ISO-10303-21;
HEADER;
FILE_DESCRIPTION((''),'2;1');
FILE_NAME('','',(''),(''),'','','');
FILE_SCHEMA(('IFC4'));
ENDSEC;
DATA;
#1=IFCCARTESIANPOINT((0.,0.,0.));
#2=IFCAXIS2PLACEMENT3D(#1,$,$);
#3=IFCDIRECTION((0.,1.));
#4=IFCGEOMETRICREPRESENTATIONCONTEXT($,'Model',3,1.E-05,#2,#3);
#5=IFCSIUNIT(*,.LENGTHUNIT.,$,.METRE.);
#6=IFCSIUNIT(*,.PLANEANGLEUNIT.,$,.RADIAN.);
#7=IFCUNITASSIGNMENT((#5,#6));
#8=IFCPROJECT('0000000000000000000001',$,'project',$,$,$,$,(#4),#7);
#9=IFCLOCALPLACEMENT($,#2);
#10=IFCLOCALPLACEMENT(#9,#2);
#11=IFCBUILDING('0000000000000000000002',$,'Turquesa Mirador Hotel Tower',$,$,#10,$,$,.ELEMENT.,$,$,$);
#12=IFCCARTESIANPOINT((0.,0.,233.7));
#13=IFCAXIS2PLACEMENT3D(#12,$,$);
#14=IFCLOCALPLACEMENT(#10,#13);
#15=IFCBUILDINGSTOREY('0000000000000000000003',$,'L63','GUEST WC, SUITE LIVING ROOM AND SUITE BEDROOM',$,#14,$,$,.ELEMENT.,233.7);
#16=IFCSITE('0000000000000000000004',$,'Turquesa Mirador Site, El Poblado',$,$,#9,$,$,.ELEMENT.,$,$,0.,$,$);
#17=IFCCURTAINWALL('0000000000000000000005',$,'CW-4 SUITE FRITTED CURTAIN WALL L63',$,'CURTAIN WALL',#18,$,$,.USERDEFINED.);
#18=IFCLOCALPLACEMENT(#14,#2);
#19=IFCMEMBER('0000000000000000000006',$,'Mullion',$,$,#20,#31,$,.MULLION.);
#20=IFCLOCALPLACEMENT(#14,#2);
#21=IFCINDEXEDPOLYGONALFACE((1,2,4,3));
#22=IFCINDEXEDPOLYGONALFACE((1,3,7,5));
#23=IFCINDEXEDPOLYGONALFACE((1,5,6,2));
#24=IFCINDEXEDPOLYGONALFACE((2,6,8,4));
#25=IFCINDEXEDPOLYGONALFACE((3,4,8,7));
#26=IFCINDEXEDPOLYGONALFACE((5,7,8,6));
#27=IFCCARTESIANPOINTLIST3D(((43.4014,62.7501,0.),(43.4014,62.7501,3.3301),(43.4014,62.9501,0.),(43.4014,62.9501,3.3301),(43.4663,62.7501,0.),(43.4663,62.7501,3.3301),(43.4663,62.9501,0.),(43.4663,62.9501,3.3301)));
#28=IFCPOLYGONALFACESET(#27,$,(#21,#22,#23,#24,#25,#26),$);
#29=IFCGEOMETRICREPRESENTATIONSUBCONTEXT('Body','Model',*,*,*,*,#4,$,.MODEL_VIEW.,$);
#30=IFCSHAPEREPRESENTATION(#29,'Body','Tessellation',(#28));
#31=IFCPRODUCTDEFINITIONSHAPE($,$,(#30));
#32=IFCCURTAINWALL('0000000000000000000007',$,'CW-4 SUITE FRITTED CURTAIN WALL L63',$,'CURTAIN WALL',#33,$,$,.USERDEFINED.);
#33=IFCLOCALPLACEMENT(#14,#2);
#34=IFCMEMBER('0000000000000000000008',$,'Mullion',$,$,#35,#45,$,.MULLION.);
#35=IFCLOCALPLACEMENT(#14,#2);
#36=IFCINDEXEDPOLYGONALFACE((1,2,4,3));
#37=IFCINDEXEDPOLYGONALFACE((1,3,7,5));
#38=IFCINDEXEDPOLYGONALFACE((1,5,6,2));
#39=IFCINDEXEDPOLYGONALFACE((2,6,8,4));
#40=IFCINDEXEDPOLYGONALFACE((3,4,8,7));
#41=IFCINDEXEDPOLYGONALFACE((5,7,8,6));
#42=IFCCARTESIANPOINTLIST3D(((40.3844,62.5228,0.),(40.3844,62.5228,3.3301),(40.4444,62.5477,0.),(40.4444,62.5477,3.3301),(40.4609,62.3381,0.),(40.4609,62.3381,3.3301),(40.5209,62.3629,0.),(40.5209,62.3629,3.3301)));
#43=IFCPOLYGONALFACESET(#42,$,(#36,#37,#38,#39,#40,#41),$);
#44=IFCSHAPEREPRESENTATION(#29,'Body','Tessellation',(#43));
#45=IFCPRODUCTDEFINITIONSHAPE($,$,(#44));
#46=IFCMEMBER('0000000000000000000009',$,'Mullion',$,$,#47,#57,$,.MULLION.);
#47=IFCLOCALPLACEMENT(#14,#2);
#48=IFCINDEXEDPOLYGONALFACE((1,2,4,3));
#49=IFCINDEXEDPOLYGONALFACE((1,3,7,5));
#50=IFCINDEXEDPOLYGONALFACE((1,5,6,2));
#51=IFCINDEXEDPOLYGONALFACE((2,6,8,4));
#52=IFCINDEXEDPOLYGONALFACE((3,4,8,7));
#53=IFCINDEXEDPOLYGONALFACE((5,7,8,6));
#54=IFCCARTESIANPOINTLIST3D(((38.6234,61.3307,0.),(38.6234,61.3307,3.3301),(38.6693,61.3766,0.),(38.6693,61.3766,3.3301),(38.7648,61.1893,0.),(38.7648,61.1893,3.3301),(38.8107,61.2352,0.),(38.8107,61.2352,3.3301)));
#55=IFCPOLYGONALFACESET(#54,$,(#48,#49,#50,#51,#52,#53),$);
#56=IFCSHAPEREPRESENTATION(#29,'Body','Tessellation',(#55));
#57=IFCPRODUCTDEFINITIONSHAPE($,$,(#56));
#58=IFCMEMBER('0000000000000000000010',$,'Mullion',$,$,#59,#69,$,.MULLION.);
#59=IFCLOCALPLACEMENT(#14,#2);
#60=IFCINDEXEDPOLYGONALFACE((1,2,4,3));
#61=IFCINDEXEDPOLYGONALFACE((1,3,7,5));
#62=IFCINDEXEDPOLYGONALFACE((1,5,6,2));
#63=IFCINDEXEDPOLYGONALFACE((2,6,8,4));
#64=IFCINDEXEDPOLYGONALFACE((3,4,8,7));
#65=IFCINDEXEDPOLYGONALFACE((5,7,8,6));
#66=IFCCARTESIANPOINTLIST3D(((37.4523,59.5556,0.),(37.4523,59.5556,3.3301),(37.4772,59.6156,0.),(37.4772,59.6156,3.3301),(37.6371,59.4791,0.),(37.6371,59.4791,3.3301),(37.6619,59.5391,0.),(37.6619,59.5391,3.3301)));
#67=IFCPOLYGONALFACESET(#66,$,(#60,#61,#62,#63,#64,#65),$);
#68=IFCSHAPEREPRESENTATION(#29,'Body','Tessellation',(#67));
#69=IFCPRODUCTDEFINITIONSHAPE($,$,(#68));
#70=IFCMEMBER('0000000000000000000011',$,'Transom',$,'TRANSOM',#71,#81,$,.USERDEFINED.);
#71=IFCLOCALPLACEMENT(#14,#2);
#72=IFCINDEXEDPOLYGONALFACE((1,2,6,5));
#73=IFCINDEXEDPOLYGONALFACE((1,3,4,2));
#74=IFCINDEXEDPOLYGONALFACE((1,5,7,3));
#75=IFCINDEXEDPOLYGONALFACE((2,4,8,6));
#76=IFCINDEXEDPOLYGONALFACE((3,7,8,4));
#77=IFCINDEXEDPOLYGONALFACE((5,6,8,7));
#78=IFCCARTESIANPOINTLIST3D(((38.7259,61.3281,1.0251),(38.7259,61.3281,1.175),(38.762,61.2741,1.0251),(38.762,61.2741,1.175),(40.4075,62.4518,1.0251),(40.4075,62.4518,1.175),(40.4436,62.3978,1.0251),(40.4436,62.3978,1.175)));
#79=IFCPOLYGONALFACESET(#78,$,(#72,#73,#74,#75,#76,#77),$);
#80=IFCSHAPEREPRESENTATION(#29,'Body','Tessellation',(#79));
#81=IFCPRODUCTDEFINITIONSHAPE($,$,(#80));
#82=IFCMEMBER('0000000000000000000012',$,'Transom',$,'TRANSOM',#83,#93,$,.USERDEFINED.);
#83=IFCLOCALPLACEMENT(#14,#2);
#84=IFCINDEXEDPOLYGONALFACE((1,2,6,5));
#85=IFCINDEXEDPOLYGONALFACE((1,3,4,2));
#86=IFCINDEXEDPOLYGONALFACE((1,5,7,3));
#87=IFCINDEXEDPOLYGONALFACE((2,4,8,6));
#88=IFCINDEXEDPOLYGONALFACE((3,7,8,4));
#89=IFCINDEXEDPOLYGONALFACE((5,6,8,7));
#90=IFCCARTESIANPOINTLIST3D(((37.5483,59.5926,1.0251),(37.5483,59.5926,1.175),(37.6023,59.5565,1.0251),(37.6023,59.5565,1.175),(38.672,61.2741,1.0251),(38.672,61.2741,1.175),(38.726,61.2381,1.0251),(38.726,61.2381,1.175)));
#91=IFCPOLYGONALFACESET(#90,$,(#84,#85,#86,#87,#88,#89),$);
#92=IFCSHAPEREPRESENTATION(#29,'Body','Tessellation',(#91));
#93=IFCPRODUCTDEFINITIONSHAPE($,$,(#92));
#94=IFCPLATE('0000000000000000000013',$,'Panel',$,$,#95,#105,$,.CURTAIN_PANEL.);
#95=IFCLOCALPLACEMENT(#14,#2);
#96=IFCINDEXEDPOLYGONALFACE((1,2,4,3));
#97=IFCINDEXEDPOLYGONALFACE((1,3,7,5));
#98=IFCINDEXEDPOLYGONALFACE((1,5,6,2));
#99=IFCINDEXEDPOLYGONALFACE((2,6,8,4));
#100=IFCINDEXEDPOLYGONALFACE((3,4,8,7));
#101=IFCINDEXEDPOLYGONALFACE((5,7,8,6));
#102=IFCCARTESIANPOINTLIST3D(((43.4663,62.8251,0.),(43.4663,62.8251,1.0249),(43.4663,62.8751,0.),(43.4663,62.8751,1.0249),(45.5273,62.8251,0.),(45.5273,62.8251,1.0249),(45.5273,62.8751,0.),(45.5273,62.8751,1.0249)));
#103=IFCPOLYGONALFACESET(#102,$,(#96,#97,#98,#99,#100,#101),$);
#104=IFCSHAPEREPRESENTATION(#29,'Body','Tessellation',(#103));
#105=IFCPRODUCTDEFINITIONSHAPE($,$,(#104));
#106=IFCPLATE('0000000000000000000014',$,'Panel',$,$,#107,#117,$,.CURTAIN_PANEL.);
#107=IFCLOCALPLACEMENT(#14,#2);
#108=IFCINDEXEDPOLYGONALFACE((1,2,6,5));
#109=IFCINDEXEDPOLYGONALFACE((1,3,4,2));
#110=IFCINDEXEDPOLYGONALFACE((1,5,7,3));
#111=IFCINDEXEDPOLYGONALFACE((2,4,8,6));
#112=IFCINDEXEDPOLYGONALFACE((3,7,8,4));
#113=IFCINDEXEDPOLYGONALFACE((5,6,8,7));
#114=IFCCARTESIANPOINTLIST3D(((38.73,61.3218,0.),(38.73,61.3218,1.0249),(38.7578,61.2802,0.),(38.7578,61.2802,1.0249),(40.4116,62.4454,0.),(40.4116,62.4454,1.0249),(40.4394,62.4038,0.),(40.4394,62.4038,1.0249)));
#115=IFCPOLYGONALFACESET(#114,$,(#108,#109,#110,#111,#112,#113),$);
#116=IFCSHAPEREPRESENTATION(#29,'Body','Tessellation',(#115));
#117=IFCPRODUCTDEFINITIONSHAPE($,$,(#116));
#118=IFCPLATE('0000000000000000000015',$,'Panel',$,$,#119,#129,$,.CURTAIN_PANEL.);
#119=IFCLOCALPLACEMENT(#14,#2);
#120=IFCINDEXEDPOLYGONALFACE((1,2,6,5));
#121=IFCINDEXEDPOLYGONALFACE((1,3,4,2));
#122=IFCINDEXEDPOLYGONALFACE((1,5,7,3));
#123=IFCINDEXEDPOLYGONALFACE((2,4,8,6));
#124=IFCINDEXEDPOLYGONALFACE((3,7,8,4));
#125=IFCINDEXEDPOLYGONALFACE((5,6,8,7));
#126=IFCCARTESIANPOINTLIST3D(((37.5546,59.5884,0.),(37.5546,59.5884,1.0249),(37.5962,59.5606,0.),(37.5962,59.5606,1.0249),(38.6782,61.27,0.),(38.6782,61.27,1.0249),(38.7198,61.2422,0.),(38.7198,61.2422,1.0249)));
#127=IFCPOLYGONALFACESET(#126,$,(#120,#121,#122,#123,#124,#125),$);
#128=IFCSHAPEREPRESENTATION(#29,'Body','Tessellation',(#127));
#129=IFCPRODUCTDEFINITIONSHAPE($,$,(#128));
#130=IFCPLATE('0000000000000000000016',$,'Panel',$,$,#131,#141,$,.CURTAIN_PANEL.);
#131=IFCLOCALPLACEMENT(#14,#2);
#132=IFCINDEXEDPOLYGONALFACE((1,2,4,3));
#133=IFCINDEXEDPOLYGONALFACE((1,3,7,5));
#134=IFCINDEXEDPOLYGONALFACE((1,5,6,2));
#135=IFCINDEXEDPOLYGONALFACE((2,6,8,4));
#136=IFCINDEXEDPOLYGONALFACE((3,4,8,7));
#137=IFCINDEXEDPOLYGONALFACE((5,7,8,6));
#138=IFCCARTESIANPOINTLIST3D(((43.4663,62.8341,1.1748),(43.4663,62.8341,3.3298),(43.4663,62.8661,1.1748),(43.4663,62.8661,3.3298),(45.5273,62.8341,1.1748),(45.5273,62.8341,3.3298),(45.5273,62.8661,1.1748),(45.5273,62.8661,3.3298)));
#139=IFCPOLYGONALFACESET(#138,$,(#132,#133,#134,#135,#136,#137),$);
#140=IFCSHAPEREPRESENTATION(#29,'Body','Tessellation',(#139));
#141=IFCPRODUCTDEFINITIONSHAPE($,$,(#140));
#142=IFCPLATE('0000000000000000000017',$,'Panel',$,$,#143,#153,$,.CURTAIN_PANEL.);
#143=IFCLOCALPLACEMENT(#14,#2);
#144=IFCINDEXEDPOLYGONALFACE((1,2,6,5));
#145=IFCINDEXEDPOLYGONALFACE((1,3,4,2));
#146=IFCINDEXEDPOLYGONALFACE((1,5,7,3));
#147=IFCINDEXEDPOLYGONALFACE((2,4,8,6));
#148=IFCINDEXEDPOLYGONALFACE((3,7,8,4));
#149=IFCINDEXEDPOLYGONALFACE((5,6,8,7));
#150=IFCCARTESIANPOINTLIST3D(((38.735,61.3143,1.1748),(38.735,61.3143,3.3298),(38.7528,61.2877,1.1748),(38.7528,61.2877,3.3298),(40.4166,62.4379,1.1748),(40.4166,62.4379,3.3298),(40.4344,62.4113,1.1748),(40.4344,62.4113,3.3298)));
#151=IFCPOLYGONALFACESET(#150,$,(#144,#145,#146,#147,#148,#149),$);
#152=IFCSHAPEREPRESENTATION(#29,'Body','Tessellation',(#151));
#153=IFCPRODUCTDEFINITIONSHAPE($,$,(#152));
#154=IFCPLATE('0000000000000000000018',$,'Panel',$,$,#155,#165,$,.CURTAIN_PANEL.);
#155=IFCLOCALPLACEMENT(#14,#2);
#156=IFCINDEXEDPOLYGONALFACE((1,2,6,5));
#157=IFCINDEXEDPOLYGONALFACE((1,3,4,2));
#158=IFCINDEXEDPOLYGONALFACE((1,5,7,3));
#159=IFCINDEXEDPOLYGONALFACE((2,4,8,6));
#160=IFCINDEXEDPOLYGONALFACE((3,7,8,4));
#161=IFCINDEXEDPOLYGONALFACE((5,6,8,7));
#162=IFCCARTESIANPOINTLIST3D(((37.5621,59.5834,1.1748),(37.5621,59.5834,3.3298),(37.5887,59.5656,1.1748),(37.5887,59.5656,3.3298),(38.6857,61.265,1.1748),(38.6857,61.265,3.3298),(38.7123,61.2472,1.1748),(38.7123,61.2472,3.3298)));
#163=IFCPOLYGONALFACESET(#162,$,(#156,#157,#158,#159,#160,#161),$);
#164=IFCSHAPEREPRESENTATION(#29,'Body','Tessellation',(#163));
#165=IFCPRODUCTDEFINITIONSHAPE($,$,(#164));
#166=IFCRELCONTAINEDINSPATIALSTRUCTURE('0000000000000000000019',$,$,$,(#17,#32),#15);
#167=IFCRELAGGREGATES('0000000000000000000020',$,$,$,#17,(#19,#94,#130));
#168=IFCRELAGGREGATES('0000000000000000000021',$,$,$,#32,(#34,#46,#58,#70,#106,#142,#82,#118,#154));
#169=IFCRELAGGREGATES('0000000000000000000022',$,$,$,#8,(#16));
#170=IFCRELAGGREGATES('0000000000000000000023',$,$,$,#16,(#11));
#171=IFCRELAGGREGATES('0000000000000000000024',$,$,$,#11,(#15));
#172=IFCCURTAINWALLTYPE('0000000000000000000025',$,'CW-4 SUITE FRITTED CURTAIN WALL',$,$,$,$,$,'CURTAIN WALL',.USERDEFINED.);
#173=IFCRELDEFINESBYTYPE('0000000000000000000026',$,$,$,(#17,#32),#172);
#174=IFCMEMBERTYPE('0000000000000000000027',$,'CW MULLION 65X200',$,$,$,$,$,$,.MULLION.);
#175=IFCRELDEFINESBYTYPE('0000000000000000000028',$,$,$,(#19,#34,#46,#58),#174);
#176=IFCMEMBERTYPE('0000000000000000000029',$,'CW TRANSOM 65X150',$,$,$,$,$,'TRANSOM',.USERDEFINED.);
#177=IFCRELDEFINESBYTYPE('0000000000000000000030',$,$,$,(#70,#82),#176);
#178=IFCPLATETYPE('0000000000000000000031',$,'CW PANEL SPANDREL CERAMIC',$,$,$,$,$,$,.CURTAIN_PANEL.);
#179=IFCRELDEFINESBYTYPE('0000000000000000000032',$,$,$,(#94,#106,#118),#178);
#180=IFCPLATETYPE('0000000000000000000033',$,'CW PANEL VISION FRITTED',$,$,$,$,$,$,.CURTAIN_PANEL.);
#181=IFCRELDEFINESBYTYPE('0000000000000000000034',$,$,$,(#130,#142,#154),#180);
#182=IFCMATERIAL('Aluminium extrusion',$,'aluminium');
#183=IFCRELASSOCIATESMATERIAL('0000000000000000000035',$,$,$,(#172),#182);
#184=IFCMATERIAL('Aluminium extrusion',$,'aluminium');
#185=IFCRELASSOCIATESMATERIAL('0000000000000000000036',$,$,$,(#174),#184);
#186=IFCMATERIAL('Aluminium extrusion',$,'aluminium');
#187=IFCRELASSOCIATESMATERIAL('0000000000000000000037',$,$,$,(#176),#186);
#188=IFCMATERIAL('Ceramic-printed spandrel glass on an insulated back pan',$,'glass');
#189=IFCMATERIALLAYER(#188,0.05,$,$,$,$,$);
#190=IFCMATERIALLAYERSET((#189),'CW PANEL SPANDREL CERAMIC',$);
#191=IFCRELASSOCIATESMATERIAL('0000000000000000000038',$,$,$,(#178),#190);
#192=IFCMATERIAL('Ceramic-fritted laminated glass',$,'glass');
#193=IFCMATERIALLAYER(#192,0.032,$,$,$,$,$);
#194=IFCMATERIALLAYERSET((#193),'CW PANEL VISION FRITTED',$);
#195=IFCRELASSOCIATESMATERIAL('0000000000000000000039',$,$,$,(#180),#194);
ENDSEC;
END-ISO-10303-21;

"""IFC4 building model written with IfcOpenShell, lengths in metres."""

from ifc_helpers import new_model, si_unit, direction, frame, origin, origin_2d, place, context, subcontext, project, spatial, rectangle, extrude, material, layer, layer_set, material_profile, profile_set, type_object, element, aggregate, save


model = new_model("IFC4")

# Units and contexts
model_context = context("Model", 3, precision=1e-05, world=origin(), true_north=direction((0.0, 1.0)))
body_context = subcontext(model_context, "Body", "Model", "MODEL_VIEW")
ifc_project = project(units=[si_unit("LENGTHUNIT", "METRE"), si_unit("PLANEANGLEUNIT", "RADIAN")], contexts=[model_context])

# Site, building, storey
site_placement = place(None, origin())
site = spatial("IfcSite", under=ifc_project, at=site_placement, Name="Turquesa Mirador Site, El Poblado", CompositionType="ELEMENT", RefElevation=0.0)
building_placement = place(site_placement, origin())
building = spatial("IfcBuilding", under=site, at=building_placement, Name="Turquesa Mirador Hotel Tower", CompositionType="ELEMENT")
storey_placement = place(building_placement, frame((0.0, 0.0, 233.7)))
storey = spatial("IfcBuildingStorey", under=building, at=storey_placement, Name="L63", Description="GUEST WC, SUITE LIVING ROOM AND SUITE BEDROOM", CompositionType="ELEMENT", Elevation=233.7)

# Curtain wall, member
ifc_material_1 = material(Name="Aluminium extrusion", Category="aluminium")
curtain_wall_type = type_object("IfcCurtainWallType", Name="CW-4 SUITE FRITTED CURTAIN WALL", ElementType="CURTAIN WALL", PredefinedType="USERDEFINED", material=ifc_material_1)
curtain_wall_1_placement = place(storey_placement, origin())
curtain_wall_1 = element("IfcCurtainWall", 1, at=curtain_wall_1_placement, inside=storey, type_object=curtain_wall_type, Name="CW-4 SUITE FRITTED CURTAIN WALL L63", ObjectType="CURTAIN WALL", PredefinedType="USERDEFINED")
ifc_material_2 = material(Name="Aluminium extrusion", Category="aluminium")
ifc_material_profile_1 = material_profile(ifc_material_2, rectangle(XDim=0.0649, YDim=0.2, at=origin_2d()), Name="MULLION 65X200")
ifc_profile_set_1 = profile_set([ifc_material_profile_1], Name="Aluminium extrusion")
member_type_1 = type_object("IfcMemberType", Name="CW MULLION 65X200", PredefinedType="MULLION", material=ifc_profile_set_1)
member_1_placement = place(storey_placement, frame((43.4338, 62.8501, 0.0), z_axis=(0.0, 0.0, 1.0), x_axis=(-1.0, 0.0, 0.0)))
member_1 = element("IfcMember", 2, at=member_1_placement, type_object=member_type_1, Name="Mullion", PredefinedType="MULLION", context=body_context, shape_type="SweptSolid", body=[
    extrude(rectangle(XDim=0.0649, YDim=0.2, at=origin_2d()), origin(), (0.0, 0.0, 1.0), 3.3301),
])

# Curtain wall, members
curtain_wall_2_placement = place(storey_placement, origin())
curtain_wall_2 = element("IfcCurtainWall", 3, at=curtain_wall_2_placement, inside=storey, type_object=curtain_wall_type, Name="CW-4 SUITE FRITTED CURTAIN WALL L63", ObjectType="CURTAIN WALL", PredefinedType="USERDEFINED")
member_2_placement = place(storey_placement, frame((40.4526, 62.4429, 0.0), z_axis=(0.0, 0.0, 1.0), x_axis=(-0.92388, -0.382683, 0.0)))
member_2 = element("IfcMember", 4, at=member_2_placement, type_object=member_type_1, Name="Mullion", PredefinedType="MULLION", context=body_context, shape_type="SweptSolid", body=[
    extrude(rectangle(XDim=0.0649, YDim=0.2, at=origin_2d()), origin(), (0.0, 0.0, 1.0), 3.3301),
])
member_3_placement = place(storey_placement, frame((38.717, 61.283, 0.0), z_axis=(0.0, 0.0, 1.0), x_axis=(-0.707107, -0.707107, 0.0)))
member_3 = element("IfcMember", 5, at=member_3_placement, type_object=member_type_1, Name="Mullion", PredefinedType="MULLION", context=body_context, shape_type="SweptSolid", body=[
    extrude(rectangle(XDim=0.0649, YDim=0.2, at=origin_2d()), origin(), (0.0, 0.0, 1.0), 3.3301),
])
member_4_placement = place(storey_placement, frame((37.5571, 59.5474, 0.0), z_axis=(0.0, 0.0, 1.0), x_axis=(-0.382683, -0.92388, 0.0)))
member_4 = element("IfcMember", 6, at=member_4_placement, type_object=member_type_1, Name="Mullion", PredefinedType="MULLION", context=body_context, shape_type="SweptSolid", body=[
    extrude(rectangle(XDim=0.0649, YDim=0.2, at=origin_2d()), origin(), (0.0, 0.0, 1.0), 3.3301),
])
ifc_material_3 = material(Name="Aluminium extrusion", Category="aluminium")
ifc_material_profile_2 = material_profile(ifc_material_3, rectangle(XDim=0.0649, YDim=0.1499, at=origin_2d()), Name="TRANSOM 65X150")
ifc_profile_set_2 = profile_set([ifc_material_profile_2], Name="Aluminium extrusion")
member_type_2 = type_object("IfcMemberType", Name="CW TRANSOM 65X150", ElementType="TRANSOM", PredefinedType="USERDEFINED", material=ifc_profile_set_2)
member_5_placement = place(storey_placement, frame((40.4255, 62.4248, 1.1001), z_axis=(-0.831437, -0.555619, 0.0), x_axis=(0.555619, -0.831437, 0.0)))
member_5 = element("IfcMember", 7, at=member_5_placement, type_object=member_type_2, Name="Transom", ObjectType="TRANSOM", PredefinedType="USERDEFINED", context=body_context, shape_type="SweptSolid", body=[
    extrude(rectangle(XDim=0.0649, YDim=0.1499, at=origin_2d()), origin(), (0.0, 0.0, 1.0), 2.0225),
])
member_6_placement = place(storey_placement, frame((38.699, 61.2561, 1.1001), z_axis=(-0.555619, -0.831437, 0.0), x_axis=(0.831437, -0.555619, 0.0)))
member_6 = element("IfcMember", 8, at=member_6_placement, type_object=member_type_2, Name="Transom", ObjectType="TRANSOM", PredefinedType="USERDEFINED", context=body_context, shape_type="SweptSolid", body=[
    extrude(rectangle(XDim=0.0649, YDim=0.1499, at=origin_2d()), origin(), (0.0, 0.0, 1.0), 2.0225),
])

# Plates
ifc_material_4 = material(Name="Ceramic-printed spandrel glass on an insulated back pan", Category="glass")
ifc_layer_1 = layer(ifc_material_4, 0.05)
ifc_layer_set_1 = layer_set([ifc_layer_1], Name="CW PANEL SPANDREL CERAMIC")
plate_type_1 = type_object("IfcPlateType", Name="CW PANEL SPANDREL CERAMIC", PredefinedType="CURTAIN_PANEL", material=ifc_layer_set_1)
plate_1_placement = place(storey_placement, frame((44.4968, 62.8501, 0.0), z_axis=(0.0, 0.0, 1.0), x_axis=(-1.0, 0.0, 0.0)))
plate_1 = element("IfcPlate", 9, at=plate_1_placement, type_object=plate_type_1, Name="Panel", PredefinedType="CURTAIN_PANEL", context=body_context, shape_type="SweptSolid", body=[
    extrude(rectangle(XDim=2.061, YDim=0.05, at=origin_2d()), origin(), (0.0, 0.0, 1.0), 1.0249),
])
plate_2_placement = place(storey_placement, frame((39.5847, 61.8628, 0.0), z_axis=(0.0, 0.0, 1.0), x_axis=(-0.83147, -0.55557, 0.0)))
plate_2 = element("IfcPlate", 10, at=plate_2_placement, type_object=plate_type_1, Name="Panel", PredefinedType="CURTAIN_PANEL", context=body_context, shape_type="SweptSolid", body=[
    extrude(rectangle(XDim=2.0225, YDim=0.05, at=origin_2d()), origin(), (0.0, 0.0, 1.0), 1.0249),
])
plate_3_placement = place(storey_placement, frame((38.1372, 60.4153, 0.0), z_axis=(0.0, 0.0, 1.0), x_axis=(-0.55557, -0.83147, 0.0)))
plate_3 = element("IfcPlate", 11, at=plate_3_placement, type_object=plate_type_1, Name="Panel", PredefinedType="CURTAIN_PANEL", context=body_context, shape_type="SweptSolid", body=[
    extrude(rectangle(XDim=2.0225, YDim=0.05, at=origin_2d()), origin(), (0.0, 0.0, 1.0), 1.0249),
])
ifc_material_5 = material(Name="Ceramic-fritted laminated glass", Category="glass")
ifc_layer_2 = layer(ifc_material_5, 0.032)
ifc_layer_set_2 = layer_set([ifc_layer_2], Name="CW PANEL VISION FRITTED")
plate_type_2 = type_object("IfcPlateType", Name="CW PANEL VISION FRITTED", PredefinedType="CURTAIN_PANEL", material=ifc_layer_set_2)
plate_4_placement = place(storey_placement, frame((44.4968, 62.8501, 1.1748), z_axis=(0.0, 0.0, 1.0), x_axis=(-1.0, 0.0, 0.0)))
plate_4 = element("IfcPlate", 12, at=plate_4_placement, type_object=plate_type_2, Name="Panel", PredefinedType="CURTAIN_PANEL", context=body_context, shape_type="SweptSolid", body=[
    extrude(rectangle(XDim=2.061, YDim=0.032, at=origin_2d()), origin(), (0.0, 0.0, 1.0), 2.155),
])
aggregate(curtain_wall_1, [member_1, plate_1, plate_4])
plate_5_placement = place(storey_placement, frame((39.5847, 61.8628, 1.1748), z_axis=(0.0, 0.0, 1.0), x_axis=(-0.83147, -0.55557, 0.0)))
plate_5 = element("IfcPlate", 13, at=plate_5_placement, type_object=plate_type_2, Name="Panel", PredefinedType="CURTAIN_PANEL", context=body_context, shape_type="SweptSolid", body=[
    extrude(rectangle(XDim=2.0225, YDim=0.032, at=origin_2d()), origin(), (0.0, 0.0, 1.0), 2.155),
])
plate_6_placement = place(storey_placement, frame((38.1372, 60.4153, 1.1748), z_axis=(0.0, 0.0, 1.0), x_axis=(-0.55557, -0.83147, 0.0)))
plate_6 = element("IfcPlate", 14, at=plate_6_placement, type_object=plate_type_2, Name="Panel", PredefinedType="CURTAIN_PANEL", context=body_context, shape_type="SweptSolid", body=[
    extrude(rectangle(XDim=2.0225, YDim=0.032, at=origin_2d()), origin(), (0.0, 0.0, 1.0), 2.155),
])
aggregate(curtain_wall_2, [member_2, member_3, member_4, member_5, plate_2, plate_5, member_6, plate_3, plate_6])

save(model, "model.ifc")
